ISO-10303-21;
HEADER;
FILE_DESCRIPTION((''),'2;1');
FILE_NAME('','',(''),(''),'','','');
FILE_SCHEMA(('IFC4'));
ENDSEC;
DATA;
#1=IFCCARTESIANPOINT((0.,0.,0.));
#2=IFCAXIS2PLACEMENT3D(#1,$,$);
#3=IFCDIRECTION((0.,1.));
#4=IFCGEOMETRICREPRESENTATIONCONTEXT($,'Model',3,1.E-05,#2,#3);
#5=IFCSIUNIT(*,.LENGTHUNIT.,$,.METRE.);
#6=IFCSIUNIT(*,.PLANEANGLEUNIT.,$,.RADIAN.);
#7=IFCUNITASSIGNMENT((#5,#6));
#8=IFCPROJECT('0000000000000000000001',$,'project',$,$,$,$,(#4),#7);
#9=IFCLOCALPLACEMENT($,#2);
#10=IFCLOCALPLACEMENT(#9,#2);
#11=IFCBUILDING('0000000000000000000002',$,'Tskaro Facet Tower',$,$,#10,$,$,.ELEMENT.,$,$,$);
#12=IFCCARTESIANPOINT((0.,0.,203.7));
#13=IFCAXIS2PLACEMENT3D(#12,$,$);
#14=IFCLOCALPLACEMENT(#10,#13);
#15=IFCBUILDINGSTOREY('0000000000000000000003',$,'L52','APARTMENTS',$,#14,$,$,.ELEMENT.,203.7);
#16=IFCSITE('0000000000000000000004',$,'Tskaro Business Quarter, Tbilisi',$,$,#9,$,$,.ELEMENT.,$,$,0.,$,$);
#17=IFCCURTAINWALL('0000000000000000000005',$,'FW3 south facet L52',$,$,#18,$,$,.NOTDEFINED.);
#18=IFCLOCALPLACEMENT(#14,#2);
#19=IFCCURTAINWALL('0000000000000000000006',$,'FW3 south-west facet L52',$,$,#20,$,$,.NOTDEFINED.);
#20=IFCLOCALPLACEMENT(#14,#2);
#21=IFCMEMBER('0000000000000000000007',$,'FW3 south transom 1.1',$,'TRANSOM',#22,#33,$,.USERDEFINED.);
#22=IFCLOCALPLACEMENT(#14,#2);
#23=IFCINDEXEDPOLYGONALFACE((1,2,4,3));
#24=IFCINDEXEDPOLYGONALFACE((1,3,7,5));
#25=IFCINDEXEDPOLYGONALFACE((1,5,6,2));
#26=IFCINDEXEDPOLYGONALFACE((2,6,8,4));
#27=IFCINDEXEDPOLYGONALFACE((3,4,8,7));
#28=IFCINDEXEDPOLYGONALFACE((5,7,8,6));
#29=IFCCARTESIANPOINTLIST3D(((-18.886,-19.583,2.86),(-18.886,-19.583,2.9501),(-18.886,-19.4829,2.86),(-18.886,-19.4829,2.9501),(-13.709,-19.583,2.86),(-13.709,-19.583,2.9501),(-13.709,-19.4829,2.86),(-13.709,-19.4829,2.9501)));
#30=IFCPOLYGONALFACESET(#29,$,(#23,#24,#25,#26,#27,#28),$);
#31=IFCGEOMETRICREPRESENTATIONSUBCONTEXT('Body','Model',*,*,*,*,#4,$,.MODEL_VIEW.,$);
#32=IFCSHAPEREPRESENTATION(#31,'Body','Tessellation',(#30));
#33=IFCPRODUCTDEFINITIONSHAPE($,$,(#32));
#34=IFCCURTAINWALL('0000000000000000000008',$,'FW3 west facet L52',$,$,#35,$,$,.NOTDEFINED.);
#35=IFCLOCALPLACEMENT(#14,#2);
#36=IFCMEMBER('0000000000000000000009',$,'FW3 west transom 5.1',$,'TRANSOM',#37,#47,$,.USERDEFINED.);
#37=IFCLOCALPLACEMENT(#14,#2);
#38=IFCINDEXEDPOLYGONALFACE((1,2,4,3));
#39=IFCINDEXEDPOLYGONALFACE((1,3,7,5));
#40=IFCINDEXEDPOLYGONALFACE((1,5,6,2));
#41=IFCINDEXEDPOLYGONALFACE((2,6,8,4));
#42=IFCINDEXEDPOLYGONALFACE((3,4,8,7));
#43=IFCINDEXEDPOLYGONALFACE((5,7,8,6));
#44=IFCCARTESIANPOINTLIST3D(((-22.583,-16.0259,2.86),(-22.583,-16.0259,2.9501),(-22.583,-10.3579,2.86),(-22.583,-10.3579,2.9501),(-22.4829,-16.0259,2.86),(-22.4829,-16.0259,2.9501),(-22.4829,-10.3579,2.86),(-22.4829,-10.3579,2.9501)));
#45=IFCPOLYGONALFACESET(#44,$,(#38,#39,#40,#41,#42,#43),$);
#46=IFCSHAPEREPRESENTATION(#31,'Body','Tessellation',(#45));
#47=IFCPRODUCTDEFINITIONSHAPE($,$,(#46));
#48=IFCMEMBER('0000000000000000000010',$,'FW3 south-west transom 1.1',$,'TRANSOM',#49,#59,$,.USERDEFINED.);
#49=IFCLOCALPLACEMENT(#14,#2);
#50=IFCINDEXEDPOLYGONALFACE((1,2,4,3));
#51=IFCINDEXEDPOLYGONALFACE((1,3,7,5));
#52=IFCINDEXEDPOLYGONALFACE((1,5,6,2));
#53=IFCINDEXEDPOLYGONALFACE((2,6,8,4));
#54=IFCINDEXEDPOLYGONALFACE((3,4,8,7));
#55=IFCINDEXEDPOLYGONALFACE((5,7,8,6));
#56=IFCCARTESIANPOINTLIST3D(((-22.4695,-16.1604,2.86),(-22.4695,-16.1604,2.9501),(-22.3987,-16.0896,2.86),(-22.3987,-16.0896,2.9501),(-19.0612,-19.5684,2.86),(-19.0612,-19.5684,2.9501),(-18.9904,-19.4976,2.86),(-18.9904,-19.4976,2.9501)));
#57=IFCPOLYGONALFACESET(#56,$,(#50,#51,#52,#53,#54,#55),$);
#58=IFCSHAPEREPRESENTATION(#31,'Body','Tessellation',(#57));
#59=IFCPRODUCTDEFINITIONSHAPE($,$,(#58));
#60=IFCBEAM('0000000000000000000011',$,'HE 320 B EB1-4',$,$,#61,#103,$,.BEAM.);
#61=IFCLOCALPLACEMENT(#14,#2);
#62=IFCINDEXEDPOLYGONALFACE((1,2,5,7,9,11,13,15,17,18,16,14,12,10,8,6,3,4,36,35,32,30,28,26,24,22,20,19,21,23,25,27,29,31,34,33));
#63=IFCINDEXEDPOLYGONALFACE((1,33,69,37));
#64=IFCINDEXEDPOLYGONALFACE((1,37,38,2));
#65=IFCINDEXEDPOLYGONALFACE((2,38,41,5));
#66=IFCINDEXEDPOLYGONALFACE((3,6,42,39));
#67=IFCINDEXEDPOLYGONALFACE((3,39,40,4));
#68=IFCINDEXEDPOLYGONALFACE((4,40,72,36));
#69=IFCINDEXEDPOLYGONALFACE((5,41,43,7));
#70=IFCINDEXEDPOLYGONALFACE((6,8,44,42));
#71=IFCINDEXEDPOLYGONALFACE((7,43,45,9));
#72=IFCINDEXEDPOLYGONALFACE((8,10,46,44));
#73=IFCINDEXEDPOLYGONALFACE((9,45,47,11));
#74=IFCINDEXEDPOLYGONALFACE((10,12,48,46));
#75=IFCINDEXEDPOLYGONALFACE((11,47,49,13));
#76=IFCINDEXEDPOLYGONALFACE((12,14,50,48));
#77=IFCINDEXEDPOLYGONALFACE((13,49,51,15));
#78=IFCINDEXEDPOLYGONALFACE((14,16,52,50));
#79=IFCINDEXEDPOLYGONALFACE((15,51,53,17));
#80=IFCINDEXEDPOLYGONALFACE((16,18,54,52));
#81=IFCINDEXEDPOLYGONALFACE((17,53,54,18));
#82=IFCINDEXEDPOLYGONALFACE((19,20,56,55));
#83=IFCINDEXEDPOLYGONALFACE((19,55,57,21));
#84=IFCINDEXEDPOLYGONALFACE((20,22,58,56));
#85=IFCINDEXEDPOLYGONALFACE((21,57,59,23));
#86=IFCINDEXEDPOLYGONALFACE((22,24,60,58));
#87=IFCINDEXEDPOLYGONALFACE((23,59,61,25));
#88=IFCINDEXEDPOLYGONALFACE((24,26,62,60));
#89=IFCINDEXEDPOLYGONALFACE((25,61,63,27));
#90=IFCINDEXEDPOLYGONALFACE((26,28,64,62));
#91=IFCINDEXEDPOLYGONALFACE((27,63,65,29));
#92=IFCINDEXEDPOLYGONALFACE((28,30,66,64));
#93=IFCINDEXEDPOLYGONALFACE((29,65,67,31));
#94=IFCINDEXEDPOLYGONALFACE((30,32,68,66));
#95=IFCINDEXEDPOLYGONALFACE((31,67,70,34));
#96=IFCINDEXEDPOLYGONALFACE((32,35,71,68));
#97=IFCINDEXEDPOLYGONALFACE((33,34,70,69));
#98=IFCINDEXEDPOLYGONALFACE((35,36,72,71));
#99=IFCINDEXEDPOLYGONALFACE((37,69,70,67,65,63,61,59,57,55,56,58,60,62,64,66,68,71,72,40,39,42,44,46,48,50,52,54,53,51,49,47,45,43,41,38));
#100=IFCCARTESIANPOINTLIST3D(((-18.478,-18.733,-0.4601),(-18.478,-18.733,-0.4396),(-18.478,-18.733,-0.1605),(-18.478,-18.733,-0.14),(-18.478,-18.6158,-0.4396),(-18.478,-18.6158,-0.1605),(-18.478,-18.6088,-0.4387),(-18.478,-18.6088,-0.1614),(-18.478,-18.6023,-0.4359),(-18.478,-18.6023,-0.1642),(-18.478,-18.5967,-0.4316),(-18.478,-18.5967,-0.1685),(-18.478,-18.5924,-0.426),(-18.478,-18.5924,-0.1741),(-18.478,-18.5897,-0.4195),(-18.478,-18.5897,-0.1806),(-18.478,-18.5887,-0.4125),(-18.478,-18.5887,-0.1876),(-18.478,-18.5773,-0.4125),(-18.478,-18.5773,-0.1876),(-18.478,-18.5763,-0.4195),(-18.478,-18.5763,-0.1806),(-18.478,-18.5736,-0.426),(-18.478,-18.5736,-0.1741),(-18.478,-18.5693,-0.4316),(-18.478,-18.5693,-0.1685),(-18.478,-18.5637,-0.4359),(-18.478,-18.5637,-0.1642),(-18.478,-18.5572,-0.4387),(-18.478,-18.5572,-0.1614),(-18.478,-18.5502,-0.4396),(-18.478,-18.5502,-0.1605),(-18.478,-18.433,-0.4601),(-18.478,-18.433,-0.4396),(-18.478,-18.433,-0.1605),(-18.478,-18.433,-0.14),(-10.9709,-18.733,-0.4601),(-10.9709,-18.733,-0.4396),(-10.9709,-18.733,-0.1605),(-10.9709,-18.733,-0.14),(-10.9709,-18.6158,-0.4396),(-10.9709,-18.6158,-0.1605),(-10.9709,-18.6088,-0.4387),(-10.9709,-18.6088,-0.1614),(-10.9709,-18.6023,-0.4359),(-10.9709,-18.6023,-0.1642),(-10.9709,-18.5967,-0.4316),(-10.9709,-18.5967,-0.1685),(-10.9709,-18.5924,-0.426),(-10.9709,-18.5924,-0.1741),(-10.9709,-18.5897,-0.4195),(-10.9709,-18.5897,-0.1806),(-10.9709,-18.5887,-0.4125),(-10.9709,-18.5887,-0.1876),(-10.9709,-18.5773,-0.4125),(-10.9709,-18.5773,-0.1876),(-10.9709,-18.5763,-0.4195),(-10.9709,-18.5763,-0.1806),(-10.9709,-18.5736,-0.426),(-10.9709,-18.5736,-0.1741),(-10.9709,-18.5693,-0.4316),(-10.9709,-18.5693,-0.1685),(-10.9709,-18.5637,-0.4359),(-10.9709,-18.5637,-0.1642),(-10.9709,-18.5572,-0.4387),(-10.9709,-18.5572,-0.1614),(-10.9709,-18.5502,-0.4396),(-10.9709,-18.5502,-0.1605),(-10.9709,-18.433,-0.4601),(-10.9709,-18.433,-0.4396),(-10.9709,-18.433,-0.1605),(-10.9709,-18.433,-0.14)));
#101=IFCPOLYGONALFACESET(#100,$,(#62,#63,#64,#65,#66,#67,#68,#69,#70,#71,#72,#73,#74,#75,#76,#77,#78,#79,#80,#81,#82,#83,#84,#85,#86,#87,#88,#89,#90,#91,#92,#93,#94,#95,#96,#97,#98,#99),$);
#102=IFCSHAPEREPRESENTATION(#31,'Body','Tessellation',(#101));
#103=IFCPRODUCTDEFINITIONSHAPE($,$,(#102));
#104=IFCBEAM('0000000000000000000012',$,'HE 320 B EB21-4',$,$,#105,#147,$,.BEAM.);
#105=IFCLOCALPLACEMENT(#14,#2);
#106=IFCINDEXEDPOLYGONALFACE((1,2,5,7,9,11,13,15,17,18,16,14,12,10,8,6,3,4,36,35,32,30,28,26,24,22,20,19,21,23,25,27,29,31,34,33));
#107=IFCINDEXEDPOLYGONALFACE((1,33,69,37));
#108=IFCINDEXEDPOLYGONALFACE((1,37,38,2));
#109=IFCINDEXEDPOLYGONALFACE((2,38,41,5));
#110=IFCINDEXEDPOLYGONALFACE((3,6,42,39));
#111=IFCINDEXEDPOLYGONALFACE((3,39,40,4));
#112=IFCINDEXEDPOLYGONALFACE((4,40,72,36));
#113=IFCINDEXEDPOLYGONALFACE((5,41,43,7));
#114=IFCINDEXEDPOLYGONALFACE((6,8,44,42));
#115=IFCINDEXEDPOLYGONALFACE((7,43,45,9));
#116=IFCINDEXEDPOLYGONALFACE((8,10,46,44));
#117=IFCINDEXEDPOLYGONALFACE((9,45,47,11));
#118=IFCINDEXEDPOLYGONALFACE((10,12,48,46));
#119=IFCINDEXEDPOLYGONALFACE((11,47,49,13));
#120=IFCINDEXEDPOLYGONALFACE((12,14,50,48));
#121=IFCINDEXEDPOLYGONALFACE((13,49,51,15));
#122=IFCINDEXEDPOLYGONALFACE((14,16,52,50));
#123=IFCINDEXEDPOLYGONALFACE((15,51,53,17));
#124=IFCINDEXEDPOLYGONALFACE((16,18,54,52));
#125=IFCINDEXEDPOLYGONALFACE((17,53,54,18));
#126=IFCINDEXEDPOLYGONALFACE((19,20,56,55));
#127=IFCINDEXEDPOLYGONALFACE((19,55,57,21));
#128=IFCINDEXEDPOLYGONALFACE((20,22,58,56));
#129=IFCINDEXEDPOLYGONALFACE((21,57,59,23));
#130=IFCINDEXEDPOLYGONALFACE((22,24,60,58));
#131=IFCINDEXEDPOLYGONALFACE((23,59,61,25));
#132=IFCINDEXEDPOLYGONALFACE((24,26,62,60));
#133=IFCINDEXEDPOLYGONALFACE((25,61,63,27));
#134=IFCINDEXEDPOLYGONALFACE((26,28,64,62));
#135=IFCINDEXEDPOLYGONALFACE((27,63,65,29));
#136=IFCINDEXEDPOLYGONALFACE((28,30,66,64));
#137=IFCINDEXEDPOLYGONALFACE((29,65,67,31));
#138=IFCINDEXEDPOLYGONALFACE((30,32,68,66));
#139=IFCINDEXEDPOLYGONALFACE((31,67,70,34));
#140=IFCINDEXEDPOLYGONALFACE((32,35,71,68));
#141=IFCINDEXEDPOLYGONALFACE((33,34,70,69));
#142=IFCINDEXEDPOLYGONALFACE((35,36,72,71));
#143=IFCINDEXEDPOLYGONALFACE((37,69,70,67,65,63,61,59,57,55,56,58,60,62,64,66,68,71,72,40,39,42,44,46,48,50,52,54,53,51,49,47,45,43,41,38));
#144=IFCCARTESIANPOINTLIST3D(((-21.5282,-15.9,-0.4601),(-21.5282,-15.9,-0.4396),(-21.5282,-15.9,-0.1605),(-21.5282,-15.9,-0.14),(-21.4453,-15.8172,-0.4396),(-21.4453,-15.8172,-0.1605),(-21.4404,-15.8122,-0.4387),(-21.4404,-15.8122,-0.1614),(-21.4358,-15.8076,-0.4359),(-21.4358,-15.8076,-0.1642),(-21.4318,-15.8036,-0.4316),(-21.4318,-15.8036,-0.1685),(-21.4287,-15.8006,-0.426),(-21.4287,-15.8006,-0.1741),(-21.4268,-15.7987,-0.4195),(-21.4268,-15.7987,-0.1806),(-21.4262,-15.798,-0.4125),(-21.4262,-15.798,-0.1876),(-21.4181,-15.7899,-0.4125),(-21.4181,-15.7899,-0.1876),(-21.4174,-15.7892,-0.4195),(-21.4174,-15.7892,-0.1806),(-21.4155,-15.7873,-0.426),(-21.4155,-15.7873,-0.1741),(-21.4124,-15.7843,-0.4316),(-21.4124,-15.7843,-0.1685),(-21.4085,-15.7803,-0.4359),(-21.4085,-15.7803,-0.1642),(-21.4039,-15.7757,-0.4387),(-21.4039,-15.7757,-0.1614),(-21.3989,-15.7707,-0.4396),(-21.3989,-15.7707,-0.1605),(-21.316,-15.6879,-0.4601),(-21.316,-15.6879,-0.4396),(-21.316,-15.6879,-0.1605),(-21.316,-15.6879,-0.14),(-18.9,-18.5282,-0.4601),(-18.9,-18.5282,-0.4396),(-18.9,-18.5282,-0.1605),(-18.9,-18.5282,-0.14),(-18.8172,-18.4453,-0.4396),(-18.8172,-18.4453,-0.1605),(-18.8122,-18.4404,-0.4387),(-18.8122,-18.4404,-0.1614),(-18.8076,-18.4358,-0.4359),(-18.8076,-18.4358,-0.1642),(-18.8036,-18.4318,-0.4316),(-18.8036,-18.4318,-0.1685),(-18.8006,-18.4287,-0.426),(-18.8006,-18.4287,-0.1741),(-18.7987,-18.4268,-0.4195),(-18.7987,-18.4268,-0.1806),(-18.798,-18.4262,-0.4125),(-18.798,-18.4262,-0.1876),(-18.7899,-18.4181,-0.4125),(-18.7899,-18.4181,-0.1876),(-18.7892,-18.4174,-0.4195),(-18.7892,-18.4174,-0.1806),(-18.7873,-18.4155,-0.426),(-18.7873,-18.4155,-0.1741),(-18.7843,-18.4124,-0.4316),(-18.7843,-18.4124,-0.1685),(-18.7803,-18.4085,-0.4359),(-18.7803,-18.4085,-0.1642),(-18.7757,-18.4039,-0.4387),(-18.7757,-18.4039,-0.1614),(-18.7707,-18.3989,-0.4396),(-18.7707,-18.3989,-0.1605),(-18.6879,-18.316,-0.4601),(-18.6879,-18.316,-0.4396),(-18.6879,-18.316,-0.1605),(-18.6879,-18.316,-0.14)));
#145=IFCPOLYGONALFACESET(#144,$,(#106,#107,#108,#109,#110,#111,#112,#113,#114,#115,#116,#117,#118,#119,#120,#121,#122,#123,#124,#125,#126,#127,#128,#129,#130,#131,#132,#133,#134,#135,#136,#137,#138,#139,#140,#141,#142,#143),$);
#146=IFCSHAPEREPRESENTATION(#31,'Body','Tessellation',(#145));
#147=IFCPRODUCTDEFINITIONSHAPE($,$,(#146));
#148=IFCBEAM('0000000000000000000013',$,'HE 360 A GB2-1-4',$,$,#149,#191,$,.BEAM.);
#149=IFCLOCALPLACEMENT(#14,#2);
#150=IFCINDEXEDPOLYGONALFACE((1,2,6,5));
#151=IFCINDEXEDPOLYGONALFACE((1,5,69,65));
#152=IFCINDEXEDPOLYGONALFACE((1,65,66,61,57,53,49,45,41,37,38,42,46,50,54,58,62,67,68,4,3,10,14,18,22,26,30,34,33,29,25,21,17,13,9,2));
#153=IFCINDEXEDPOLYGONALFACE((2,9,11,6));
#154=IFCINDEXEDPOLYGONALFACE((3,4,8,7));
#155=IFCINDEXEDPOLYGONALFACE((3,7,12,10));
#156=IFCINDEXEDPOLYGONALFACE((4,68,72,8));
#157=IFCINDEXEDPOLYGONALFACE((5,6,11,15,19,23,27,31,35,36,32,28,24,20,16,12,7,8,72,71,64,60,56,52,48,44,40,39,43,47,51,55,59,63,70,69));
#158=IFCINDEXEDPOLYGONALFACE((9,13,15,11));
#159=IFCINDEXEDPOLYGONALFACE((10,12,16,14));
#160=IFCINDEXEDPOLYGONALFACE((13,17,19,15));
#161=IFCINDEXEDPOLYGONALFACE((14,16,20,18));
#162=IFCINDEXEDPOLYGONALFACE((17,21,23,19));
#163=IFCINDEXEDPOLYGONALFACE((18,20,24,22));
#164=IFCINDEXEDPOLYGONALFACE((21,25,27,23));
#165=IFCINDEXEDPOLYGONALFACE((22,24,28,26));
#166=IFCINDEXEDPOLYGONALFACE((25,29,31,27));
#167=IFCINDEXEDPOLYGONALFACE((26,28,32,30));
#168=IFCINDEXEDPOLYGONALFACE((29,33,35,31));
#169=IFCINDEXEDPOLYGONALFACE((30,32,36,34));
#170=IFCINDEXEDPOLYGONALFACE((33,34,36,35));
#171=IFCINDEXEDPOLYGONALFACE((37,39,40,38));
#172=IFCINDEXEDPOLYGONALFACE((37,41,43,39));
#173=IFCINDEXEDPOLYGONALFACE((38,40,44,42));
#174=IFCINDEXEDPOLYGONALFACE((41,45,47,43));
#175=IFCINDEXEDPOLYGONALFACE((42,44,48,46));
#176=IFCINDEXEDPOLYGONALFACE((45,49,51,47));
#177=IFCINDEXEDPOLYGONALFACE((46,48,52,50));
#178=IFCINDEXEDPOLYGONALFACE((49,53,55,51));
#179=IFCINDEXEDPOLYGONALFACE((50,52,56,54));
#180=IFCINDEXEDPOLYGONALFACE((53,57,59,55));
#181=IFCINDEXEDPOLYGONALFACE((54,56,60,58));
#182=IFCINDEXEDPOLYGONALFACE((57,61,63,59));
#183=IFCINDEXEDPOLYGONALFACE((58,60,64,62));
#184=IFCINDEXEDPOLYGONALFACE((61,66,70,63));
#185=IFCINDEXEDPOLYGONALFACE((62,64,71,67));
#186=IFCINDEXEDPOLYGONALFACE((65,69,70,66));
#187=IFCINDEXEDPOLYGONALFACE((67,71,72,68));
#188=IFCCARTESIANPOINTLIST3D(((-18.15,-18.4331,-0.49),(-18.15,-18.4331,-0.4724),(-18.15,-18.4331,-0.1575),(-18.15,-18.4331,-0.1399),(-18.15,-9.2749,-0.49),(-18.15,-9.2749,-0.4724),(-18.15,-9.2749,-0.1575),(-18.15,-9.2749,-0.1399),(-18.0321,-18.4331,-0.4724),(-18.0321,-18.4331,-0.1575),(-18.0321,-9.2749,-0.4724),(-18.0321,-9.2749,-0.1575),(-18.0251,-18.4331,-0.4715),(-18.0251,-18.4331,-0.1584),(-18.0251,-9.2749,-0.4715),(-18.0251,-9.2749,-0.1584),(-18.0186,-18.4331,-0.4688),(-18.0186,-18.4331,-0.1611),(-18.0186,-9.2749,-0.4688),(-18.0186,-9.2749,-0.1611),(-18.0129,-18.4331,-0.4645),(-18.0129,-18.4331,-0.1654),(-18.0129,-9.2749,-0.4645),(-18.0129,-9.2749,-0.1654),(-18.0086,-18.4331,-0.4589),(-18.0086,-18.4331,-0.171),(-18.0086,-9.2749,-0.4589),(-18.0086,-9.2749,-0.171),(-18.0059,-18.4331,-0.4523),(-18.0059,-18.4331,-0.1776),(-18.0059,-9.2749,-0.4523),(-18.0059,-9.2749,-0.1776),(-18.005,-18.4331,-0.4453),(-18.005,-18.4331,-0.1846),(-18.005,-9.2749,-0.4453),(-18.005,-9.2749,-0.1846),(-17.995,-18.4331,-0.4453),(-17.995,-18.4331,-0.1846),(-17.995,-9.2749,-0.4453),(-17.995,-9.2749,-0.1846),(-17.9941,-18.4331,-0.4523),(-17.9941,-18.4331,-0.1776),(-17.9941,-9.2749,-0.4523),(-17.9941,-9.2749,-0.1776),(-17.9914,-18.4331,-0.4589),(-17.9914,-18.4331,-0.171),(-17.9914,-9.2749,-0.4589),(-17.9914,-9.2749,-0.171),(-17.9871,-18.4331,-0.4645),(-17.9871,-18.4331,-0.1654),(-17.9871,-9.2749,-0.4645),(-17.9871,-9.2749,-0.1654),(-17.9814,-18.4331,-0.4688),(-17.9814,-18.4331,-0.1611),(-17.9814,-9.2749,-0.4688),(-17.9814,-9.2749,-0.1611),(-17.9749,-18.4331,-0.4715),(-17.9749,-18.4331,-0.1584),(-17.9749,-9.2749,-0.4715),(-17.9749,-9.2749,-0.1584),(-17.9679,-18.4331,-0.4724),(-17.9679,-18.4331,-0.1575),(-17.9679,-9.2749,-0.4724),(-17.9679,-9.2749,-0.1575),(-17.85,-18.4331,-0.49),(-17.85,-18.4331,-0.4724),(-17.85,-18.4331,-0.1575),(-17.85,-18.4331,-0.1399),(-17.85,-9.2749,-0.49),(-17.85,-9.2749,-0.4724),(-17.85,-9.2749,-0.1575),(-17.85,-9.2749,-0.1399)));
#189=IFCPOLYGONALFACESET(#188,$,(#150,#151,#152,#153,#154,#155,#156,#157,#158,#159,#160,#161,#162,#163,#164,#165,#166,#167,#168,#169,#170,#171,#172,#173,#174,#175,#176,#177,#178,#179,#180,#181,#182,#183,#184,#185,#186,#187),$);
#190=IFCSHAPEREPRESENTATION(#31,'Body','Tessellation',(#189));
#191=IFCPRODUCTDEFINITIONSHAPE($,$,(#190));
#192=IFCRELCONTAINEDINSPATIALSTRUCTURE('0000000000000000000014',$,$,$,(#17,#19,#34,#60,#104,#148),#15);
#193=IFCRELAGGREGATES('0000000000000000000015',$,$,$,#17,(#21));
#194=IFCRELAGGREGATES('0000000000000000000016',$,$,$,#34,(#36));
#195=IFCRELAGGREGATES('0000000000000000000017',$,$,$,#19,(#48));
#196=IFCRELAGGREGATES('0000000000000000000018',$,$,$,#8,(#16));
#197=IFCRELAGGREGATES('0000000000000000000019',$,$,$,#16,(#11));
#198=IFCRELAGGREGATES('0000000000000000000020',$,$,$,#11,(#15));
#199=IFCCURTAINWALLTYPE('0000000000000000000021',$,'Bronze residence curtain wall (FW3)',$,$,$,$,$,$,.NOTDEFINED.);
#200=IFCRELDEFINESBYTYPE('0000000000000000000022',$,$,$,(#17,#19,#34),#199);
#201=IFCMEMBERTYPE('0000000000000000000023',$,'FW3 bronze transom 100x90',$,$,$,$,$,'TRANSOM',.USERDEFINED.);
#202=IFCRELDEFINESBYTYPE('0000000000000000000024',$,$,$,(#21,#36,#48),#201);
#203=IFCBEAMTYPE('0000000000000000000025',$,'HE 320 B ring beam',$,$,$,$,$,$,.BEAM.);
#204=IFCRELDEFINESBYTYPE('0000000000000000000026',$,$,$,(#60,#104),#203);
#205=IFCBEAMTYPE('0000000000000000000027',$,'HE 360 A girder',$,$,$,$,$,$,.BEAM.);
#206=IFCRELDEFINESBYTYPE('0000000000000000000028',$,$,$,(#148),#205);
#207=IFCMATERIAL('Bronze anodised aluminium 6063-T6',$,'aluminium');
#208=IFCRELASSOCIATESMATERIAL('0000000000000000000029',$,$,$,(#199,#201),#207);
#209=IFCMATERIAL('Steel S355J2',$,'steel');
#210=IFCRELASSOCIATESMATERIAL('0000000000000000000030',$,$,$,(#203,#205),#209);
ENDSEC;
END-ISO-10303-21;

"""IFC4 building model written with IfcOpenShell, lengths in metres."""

from ifc_helpers import new_model, si_unit, direction, frame, origin, origin_2d, place, context, subcontext, project, spatial, rectangle, i_section, extrude, material, material_profile, profile_set, type_object, element, aggregate, save


model = new_model("IFC4")

# Units and contexts
model_context = context("Model", 3, precision=1e-05, world=origin(), true_north=direction((0.0, 1.0)))
body_context = subcontext(model_context, "Body", "Model", "MODEL_VIEW")
ifc_project = project(units=[si_unit("LENGTHUNIT", "METRE"), si_unit("PLANEANGLEUNIT", "RADIAN")], contexts=[model_context])

# Site, building, storey
site_placement = place(None, origin())
site = spatial("IfcSite", under=ifc_project, at=site_placement, Name="Tskaro Business Quarter, Tbilisi", CompositionType="ELEMENT", RefElevation=0.0)
building_placement = place(site_placement, origin())
building = spatial("IfcBuilding", under=site, at=building_placement, Name="Tskaro Facet Tower", CompositionType="ELEMENT")
storey_placement = place(building_placement, frame((0.0, 0.0, 203.7)))
storey = spatial("IfcBuildingStorey", under=building, at=storey_placement, Name="L52", Description="APARTMENTS", CompositionType="ELEMENT", Elevation=203.7)

# Curtain walls
ifc_material_1 = material(Name="Bronze anodised aluminium 6063-T6", Category="aluminium")
curtain_wall_type = type_object("IfcCurtainWallType", Name="Bronze residence curtain wall (FW3)", PredefinedType="NOTDEFINED", material=ifc_material_1)
curtain_wall_1_placement = place(storey_placement, origin())
curtain_wall_1 = element("IfcCurtainWall", 1, at=curtain_wall_1_placement, inside=storey, type_object=curtain_wall_type, Name="FW3 south facet L52", PredefinedType="NOTDEFINED")
curtain_wall_2_placement = place(storey_placement, origin())
curtain_wall_2 = element("IfcCurtainWall", 2, at=curtain_wall_2_placement, inside=storey, type_object=curtain_wall_type, Name="FW3 south-west facet L52", PredefinedType="NOTDEFINED")

# Member
ifc_material_profile_1 = material_profile(ifc_material_1, rectangle(XDim=0.1001, YDim=0.0901, at=origin_2d()), Name="Transom 100x90")
ifc_profile_set_1 = profile_set([ifc_material_profile_1], Name="Bronze anodised aluminium 6063-T6")
member_type_1 = type_object("IfcMemberType", Name="FW3 bronze transom 100x90", ElementType="TRANSOM", PredefinedType="USERDEFINED", material=ifc_profile_set_1)
member_1_placement = place(storey_placement, frame((-18.886, -19.533, 2.905), z_axis=(1.0, 0.0, 0.0), x_axis=(0.0, 1.0, 0.0)))
member_1 = element("IfcMember", 3, at=member_1_placement, type_object=member_type_1, Name="FW3 south transom 1.1", ObjectType="TRANSOM", PredefinedType="USERDEFINED", context=body_context, shape_type="SweptSolid", body=[
    extrude(rectangle(XDim=0.1001, YDim=0.0901, at=origin_2d()), origin(), (0.0, 0.0, 1.0), 5.177),
])
aggregate(curtain_wall_1, [member_1])

# Curtain wall, member
curtain_wall_3_placement = place(storey_placement, origin())
curtain_wall_3 = element("IfcCurtainWall", 4, at=curtain_wall_3_placement, inside=storey, type_object=curtain_wall_type, Name="FW3 west facet L52", PredefinedType="NOTDEFINED")
member_2_placement = place(storey_placement, frame((-22.533, -10.3579, 2.905), z_axis=(0.0, -1.0, 0.0), x_axis=(1.0, 0.0, 0.0)))
member_2 = element("IfcMember", 5, at=member_2_placement, type_object=member_type_1, Name="FW3 west transom 5.1", ObjectType="TRANSOM", PredefinedType="USERDEFINED", context=body_context, shape_type="SweptSolid", body=[
    extrude(rectangle(XDim=0.1001, YDim=0.0901, at=origin_2d()), origin(), (0.0, 0.0, 1.0), 5.668),
])

# Member
member_3_placement = place(storey_placement, frame((-22.4341, -16.125, 2.905), z_axis=(0.707132, -0.707081, 0.0), x_axis=(0.707081, 0.707132, 0.0)))
member_3 = element("IfcMember", 6, at=member_3_placement, type_object=member_type_1, Name="FW3 south-west transom 1.1", ObjectType="TRANSOM", PredefinedType="USERDEFINED", context=body_context, shape_type="SweptSolid", body=[
    extrude(rectangle(XDim=0.1001, YDim=0.0901, at=origin_2d()), origin(), (0.0, 0.0, 1.0), 4.8198),
])

# Beams
ifc_material_2 = material(Name="Steel S355J2", Category="steel")
ifc_material_profile_2 = material_profile(ifc_material_2, i_section(OverallWidth=0.3, OverallDepth=0.3201, WebThickness=0.0115, FlangeThickness=0.0205, FilletRadius=0.0271, at=origin_2d()), Name="HE 320 B")
ifc_profile_set_2 = profile_set([ifc_material_profile_2], Name="Steel S355J2")
beam_type_1 = type_object("IfcBeamType", Name="HE 320 B ring beam", PredefinedType="BEAM", material=ifc_profile_set_2)
beam_1_placement = place(storey_placement, frame((-18.478, -18.583, -0.3), z_axis=(1.0, 0.0, 0.0), x_axis=(0.0, 1.0, 0.0)))
element("IfcBeam", 7, at=beam_1_placement, inside=storey, type_object=beam_type_1, Name="HE 320 B EB1-4", PredefinedType="BEAM", context=body_context, shape_type="SweptSolid", body=[
    extrude(i_section(OverallWidth=0.3, OverallDepth=0.3201, WebThickness=0.0115, FlangeThickness=0.0205, FilletRadius=0.0271, at=origin_2d()), origin(), (0.0, 0.0, 1.0), 7.5071),
])
beam_2_placement = place(storey_placement, frame((-21.4221, -15.7939, -0.3), z_axis=(0.707107, -0.707107, 0.0), x_axis=(0.707107, 0.707107, 0.0)))
element("IfcBeam", 8, at=beam_2_placement, inside=storey, type_object=beam_type_1, Name="HE 320 B EB21-4", PredefinedType="BEAM", context=body_context, shape_type="SweptSolid", body=[
    extrude(i_section(OverallWidth=0.3, OverallDepth=0.3201, WebThickness=0.0115, FlangeThickness=0.0205, FilletRadius=0.0271, at=origin_2d()), origin(), (0.0, 0.0, 1.0), 3.7168),
])
ifc_material_profile_3 = material_profile(ifc_material_2, i_section(OverallWidth=0.3, OverallDepth=0.3501, WebThickness=0.01, FlangeThickness=0.0176, FilletRadius=0.0271, at=origin_2d()), Name="HE 360 A")
ifc_profile_set_3 = profile_set([ifc_material_profile_3], Name="Steel S355J2")
beam_type_2 = type_object("IfcBeamType", Name="HE 360 A girder", PredefinedType="BEAM", material=ifc_profile_set_3)
beam_3_placement = place(storey_placement, frame((-18.0, -18.4331, -0.3149), z_axis=(0.0, 1.0, 0.0), x_axis=(-1.0, 0.0, 0.0)))
element("IfcBeam", 9, at=beam_3_placement, inside=storey, type_object=beam_type_2, Name="HE 360 A GB2-1-4", PredefinedType="BEAM", context=body_context, shape_type="SweptSolid", body=[
    extrude(i_section(OverallWidth=0.3, OverallDepth=0.3501, WebThickness=0.01, FlangeThickness=0.0176, FilletRadius=0.0271, at=origin_2d()), origin(), (0.0, 0.0, 1.0), 9.1582),
])

aggregate(curtain_wall_3, [member_2])
aggregate(curtain_wall_2, [member_3])

save(model, "model.ifc")
